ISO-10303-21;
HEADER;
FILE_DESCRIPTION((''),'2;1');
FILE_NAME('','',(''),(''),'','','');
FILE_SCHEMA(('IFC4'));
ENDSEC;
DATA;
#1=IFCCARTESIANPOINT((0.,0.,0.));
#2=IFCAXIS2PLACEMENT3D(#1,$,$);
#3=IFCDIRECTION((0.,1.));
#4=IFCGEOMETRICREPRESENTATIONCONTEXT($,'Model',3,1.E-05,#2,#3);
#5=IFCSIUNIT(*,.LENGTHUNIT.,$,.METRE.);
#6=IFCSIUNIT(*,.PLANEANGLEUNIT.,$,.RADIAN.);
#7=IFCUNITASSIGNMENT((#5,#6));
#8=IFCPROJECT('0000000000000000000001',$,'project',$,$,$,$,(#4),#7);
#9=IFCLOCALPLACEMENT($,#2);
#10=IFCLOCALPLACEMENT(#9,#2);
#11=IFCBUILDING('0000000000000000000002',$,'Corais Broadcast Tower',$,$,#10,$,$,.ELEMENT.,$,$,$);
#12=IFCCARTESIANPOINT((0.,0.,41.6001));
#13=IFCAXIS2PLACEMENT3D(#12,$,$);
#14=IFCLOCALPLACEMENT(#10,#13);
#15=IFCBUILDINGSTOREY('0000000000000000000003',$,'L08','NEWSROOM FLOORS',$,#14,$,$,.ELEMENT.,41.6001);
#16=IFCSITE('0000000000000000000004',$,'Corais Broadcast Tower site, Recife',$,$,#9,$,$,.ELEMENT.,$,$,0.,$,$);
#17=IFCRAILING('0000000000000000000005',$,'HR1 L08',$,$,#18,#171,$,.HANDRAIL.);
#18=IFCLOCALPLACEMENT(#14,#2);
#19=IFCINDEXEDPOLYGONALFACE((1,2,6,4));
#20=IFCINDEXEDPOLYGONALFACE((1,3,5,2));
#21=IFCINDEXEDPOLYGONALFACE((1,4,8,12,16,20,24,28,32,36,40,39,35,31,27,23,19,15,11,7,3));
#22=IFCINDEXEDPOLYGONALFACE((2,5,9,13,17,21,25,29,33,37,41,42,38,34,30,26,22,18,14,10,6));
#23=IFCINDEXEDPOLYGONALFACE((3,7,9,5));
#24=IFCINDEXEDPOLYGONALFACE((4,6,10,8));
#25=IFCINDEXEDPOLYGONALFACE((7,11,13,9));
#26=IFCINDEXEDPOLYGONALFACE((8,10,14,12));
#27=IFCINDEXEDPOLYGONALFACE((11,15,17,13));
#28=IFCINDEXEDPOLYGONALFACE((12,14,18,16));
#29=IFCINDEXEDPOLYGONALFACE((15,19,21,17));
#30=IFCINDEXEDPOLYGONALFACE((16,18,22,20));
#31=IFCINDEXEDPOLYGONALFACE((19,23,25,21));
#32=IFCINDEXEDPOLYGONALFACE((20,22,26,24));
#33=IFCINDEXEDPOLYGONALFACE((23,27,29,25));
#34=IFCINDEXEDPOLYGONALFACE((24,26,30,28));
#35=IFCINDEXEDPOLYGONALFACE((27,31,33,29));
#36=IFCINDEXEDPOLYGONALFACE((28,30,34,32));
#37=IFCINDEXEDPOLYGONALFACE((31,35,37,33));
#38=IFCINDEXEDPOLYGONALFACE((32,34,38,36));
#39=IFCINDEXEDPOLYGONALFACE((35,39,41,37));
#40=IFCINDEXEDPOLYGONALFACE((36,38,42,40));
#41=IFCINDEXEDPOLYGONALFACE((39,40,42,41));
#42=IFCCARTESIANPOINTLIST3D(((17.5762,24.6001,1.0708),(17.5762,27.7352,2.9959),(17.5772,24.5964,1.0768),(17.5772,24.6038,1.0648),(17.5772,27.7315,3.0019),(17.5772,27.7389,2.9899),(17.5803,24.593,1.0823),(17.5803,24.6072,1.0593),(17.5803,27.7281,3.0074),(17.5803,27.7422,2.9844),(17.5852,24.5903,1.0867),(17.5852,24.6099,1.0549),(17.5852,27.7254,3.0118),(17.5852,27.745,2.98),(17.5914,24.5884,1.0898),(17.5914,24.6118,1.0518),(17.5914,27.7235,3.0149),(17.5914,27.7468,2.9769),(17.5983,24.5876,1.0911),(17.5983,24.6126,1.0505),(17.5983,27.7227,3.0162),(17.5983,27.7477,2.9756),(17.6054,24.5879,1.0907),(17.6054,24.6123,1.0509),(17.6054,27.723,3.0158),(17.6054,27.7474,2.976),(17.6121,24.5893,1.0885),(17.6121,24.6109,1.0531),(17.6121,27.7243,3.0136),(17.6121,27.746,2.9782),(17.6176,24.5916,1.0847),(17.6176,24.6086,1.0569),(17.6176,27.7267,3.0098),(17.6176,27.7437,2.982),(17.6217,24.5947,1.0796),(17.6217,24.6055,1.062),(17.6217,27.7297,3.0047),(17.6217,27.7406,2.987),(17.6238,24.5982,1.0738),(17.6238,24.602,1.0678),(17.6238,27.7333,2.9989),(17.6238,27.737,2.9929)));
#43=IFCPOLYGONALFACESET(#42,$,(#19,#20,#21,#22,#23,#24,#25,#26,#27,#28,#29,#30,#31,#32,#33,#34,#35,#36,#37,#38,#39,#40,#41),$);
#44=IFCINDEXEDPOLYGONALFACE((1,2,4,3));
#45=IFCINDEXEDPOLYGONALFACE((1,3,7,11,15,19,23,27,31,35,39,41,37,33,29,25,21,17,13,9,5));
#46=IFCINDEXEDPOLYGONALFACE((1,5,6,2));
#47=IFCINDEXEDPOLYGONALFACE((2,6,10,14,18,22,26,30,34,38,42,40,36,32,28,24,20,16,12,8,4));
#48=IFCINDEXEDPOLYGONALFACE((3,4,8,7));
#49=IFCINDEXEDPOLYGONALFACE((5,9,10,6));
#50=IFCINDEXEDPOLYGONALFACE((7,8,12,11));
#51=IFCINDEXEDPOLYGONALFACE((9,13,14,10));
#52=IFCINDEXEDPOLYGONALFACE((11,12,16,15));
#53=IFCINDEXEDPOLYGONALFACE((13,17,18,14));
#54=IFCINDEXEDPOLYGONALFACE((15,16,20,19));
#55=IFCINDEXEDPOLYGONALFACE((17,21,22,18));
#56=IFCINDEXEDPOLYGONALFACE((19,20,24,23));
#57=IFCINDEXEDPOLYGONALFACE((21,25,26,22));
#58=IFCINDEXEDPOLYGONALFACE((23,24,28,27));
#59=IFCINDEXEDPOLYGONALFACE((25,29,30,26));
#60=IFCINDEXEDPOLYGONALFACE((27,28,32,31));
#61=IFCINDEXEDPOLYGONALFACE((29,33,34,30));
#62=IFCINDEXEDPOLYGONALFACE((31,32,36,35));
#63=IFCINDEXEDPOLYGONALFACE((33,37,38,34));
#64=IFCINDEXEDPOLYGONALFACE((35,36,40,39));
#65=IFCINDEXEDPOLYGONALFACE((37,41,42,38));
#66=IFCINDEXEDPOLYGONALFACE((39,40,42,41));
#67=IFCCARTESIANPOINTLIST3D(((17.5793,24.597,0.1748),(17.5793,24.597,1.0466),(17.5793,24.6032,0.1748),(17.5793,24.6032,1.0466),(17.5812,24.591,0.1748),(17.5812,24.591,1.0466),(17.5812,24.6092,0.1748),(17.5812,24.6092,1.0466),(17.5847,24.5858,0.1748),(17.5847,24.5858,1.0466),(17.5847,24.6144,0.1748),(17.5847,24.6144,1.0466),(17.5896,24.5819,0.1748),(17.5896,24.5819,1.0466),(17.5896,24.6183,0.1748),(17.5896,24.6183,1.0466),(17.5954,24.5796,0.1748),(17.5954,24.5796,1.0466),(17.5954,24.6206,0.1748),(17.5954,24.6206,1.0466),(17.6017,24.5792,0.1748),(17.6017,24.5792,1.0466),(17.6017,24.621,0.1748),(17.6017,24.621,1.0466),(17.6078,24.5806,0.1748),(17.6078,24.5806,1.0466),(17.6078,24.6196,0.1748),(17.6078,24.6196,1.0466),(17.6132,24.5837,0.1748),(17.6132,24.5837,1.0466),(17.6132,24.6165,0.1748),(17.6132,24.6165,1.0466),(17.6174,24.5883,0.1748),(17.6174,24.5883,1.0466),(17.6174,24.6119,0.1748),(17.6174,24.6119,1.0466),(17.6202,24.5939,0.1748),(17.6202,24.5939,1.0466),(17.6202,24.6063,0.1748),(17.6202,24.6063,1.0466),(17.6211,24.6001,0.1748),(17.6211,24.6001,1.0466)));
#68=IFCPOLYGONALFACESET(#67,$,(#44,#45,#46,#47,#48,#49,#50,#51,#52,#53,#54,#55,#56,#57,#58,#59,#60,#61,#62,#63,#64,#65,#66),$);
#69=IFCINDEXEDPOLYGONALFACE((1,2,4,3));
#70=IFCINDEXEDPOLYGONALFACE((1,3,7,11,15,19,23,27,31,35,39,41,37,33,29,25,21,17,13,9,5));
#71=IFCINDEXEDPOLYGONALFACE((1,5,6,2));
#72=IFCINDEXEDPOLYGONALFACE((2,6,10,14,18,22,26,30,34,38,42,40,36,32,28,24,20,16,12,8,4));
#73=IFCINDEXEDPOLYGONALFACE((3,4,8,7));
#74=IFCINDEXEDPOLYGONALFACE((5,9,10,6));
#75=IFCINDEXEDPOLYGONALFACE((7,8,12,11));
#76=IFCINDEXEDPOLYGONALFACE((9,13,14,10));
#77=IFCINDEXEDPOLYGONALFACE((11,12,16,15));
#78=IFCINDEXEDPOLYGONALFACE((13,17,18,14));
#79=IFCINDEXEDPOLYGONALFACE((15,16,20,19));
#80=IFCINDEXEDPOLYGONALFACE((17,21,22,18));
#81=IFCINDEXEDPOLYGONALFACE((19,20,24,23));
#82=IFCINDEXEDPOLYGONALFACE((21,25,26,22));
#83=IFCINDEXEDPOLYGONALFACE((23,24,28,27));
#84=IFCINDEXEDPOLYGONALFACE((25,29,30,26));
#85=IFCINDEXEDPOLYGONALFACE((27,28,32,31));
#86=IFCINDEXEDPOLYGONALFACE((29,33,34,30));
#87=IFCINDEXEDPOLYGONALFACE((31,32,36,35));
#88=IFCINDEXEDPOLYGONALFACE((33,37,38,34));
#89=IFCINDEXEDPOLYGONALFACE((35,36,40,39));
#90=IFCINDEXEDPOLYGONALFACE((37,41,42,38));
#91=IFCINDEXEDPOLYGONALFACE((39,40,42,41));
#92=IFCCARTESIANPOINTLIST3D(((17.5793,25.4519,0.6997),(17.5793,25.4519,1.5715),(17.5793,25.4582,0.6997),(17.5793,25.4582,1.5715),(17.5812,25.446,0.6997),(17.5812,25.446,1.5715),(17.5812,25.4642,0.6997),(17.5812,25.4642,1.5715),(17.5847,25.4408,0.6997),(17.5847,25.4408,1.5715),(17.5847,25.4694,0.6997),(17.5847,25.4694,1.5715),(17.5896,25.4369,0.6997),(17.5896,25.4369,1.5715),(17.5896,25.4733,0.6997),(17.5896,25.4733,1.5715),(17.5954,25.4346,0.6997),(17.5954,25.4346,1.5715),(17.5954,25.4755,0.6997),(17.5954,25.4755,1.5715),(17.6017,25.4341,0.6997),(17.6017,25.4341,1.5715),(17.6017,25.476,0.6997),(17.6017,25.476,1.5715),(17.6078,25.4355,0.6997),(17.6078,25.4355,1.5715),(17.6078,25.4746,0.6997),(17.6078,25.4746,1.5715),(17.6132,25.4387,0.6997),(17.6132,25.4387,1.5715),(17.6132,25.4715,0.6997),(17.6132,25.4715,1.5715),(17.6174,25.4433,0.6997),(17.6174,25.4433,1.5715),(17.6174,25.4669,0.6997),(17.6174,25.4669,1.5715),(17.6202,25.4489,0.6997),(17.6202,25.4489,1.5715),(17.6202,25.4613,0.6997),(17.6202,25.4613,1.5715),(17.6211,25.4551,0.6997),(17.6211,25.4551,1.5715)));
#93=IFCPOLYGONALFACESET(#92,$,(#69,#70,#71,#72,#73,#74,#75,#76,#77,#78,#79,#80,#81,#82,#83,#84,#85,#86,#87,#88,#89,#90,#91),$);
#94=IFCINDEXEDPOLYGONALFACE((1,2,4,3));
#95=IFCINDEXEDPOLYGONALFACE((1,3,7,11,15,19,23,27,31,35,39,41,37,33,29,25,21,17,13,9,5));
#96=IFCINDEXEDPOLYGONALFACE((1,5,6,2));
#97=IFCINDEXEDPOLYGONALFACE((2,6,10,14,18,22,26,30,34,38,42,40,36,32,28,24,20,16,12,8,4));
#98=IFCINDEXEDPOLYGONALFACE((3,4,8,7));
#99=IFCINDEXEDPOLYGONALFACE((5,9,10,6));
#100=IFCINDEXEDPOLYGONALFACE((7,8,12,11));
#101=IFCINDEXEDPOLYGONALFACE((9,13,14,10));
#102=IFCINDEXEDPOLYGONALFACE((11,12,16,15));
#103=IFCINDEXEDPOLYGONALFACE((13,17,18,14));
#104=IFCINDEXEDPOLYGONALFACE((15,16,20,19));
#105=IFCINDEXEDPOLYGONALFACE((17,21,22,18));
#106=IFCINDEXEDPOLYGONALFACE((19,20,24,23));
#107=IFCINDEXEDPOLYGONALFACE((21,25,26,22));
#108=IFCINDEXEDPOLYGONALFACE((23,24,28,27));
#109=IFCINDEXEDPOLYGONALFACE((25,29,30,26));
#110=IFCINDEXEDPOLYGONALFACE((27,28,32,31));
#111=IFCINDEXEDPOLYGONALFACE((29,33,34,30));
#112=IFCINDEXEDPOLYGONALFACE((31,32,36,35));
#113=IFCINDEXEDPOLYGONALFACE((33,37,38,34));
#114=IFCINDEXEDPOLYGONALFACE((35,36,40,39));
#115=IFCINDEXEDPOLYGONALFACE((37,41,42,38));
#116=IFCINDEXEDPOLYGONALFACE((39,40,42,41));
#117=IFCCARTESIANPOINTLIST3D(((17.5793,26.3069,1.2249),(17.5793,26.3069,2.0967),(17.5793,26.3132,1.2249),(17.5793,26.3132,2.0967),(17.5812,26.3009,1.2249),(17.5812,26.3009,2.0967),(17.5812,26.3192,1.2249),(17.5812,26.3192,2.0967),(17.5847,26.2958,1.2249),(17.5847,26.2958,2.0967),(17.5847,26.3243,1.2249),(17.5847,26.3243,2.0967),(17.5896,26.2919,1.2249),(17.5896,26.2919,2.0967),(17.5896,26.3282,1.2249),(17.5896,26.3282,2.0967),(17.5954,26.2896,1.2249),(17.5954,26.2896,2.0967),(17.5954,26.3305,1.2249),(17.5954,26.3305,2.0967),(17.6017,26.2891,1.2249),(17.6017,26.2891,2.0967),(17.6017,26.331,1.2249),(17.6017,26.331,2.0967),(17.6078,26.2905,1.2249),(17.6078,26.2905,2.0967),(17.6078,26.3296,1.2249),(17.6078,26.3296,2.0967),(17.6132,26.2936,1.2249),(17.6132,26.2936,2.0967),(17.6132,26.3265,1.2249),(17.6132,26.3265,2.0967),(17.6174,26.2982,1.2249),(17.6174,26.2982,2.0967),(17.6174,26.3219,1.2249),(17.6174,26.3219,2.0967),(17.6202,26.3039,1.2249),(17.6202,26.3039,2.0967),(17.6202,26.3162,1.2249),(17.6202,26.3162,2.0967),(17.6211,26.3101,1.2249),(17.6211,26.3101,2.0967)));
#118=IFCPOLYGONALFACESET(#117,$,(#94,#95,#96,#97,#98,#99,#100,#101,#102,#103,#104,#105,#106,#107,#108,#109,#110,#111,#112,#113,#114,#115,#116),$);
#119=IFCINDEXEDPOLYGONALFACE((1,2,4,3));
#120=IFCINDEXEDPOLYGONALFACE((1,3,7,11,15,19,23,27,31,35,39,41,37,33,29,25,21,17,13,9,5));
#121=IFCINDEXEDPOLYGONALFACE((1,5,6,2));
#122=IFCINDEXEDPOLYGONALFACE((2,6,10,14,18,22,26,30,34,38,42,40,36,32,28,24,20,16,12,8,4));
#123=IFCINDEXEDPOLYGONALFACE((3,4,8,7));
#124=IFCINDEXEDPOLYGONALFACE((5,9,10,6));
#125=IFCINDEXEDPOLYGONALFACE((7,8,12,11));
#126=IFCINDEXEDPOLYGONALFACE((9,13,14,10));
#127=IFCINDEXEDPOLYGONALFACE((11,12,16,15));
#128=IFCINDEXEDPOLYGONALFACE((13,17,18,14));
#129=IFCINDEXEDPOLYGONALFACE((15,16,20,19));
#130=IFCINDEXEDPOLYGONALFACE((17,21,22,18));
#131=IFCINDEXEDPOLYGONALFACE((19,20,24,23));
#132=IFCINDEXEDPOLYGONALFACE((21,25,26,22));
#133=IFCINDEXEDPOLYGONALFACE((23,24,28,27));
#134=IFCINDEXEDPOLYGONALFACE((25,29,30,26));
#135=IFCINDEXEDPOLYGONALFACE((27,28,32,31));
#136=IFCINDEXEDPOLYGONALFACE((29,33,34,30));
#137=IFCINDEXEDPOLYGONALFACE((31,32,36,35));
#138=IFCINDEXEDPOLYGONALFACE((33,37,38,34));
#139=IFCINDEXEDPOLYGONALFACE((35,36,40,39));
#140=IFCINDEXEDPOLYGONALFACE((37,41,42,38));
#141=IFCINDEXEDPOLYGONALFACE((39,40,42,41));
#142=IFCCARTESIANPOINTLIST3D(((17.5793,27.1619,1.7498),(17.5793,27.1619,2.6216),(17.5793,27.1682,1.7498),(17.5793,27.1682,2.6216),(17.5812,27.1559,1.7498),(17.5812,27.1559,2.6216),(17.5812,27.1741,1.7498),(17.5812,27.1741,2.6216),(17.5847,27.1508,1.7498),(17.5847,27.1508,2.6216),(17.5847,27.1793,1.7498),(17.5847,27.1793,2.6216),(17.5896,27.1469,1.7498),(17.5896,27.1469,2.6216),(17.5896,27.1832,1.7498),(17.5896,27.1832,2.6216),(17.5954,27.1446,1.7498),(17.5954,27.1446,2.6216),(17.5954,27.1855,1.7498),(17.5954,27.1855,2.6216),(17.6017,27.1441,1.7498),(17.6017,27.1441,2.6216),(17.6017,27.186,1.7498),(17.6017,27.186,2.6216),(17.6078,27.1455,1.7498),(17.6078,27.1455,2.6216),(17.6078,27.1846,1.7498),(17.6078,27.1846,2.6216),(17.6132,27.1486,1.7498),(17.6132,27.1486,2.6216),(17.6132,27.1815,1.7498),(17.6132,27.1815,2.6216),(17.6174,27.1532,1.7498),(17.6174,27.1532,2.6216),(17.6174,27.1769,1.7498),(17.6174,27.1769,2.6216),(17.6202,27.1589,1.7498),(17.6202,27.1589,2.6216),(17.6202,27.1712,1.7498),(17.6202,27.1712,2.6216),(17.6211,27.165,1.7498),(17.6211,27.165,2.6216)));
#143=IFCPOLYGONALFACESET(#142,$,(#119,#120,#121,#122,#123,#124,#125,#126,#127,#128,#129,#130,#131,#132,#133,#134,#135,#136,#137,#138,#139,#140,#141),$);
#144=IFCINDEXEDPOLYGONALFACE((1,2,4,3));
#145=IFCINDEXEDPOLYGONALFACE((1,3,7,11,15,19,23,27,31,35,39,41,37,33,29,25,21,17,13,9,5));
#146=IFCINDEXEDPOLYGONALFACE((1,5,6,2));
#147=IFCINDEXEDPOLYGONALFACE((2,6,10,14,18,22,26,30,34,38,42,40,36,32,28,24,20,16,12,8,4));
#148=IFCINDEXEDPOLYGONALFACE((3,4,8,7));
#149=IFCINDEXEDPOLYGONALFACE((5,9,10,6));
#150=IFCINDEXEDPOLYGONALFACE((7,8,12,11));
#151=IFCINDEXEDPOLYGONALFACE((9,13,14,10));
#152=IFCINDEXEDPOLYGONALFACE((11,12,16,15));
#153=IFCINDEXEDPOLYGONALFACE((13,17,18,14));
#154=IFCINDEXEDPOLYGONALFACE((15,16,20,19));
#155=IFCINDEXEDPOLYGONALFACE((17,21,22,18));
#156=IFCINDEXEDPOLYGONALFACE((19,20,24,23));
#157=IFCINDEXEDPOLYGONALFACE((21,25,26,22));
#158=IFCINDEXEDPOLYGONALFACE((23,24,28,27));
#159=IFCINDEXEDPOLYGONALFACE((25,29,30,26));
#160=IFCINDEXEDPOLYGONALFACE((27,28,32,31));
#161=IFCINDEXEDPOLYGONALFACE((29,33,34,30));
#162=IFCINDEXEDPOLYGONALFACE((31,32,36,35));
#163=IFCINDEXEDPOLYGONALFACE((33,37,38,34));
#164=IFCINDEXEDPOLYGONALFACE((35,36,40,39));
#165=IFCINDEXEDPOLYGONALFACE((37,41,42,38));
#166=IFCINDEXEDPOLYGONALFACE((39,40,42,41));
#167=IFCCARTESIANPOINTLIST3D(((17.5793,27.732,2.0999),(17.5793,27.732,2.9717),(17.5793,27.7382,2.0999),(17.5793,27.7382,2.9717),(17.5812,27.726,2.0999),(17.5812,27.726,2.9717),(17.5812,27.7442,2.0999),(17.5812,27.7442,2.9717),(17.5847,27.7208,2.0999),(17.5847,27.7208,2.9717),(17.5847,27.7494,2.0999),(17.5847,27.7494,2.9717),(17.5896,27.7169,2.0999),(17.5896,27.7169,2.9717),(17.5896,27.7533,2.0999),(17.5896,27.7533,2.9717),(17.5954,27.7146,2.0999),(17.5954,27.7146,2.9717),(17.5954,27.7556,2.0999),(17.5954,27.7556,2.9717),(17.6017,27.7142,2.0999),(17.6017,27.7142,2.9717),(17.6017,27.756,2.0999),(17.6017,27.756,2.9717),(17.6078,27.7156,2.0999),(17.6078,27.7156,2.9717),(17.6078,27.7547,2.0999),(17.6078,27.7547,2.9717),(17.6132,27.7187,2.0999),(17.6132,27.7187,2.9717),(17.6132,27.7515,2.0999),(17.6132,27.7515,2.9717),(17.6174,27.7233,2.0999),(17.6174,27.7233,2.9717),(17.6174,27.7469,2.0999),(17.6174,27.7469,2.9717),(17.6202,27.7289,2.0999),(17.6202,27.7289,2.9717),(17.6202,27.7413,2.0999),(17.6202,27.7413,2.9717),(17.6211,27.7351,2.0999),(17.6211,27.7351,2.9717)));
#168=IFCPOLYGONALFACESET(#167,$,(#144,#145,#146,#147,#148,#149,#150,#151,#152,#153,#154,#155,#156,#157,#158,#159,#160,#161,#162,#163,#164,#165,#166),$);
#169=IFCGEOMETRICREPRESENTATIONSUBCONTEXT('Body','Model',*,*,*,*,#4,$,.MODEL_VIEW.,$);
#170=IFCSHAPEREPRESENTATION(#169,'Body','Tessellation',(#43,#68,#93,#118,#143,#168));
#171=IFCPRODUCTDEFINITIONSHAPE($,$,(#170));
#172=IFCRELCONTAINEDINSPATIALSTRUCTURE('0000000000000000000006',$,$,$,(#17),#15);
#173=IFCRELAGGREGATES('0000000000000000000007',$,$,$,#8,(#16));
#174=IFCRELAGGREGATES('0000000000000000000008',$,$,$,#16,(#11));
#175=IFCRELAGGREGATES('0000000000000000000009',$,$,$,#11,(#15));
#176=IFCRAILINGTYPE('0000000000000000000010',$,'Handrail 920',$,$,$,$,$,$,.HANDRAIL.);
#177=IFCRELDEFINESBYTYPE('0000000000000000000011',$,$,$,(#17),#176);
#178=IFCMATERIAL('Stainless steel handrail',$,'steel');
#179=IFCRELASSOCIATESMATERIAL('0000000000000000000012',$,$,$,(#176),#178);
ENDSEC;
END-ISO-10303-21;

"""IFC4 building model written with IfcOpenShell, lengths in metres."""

from ifc_helpers import new_model, si_unit, direction, frame, origin, origin_2d, place, context, subcontext, project, spatial, circle, extrude, material, type_object, element, save


model = new_model("IFC4")

# Units and contexts
model_context = context("Model", 3, precision=1e-05, world=origin(), true_north=direction((0.0, 1.0)))
body_context = subcontext(model_context, "Body", "Model", "MODEL_VIEW")
ifc_project = project(units=[si_unit("LENGTHUNIT", "METRE"), si_unit("PLANEANGLEUNIT", "RADIAN")], contexts=[model_context])

# Site, building, storey
site_placement = place(None, origin())
site = spatial("IfcSite", under=ifc_project, at=site_placement, Name="Corais Broadcast Tower site, Recife", CompositionType="ELEMENT", RefElevation=0.0)
building_placement = place(site_placement, origin())
building = spatial("IfcBuilding", under=site, at=building_placement, Name="Corais Broadcast Tower", CompositionType="ELEMENT")
storey_placement = place(building_placement, frame((0.0, 0.0, 41.6001)))
storey = spatial("IfcBuildingStorey", under=building, at=storey_placement, Name="L08", Description="NEWSROOM FLOORS", CompositionType="ELEMENT", Elevation=41.6001)

# Railing
ifc_material_1 = material(Name="Stainless steel handrail", Category="steel")
railing_type = type_object("IfcRailingType", Name="Handrail 920", PredefinedType="HANDRAIL", material=ifc_material_1)
for number, where, name in (
    (1, (17.6001, 24.6001, 0.1748), "HR1 L08"),
):
    element("IfcRailing", number, at=place(storey_placement, frame(where)), inside=storey, type_object=railing_type, Name=name, PredefinedType="HANDRAIL", context=body_context, shape_type="SweptSolid", body=[
        extrude(circle(Radius=0.0239, at=origin_2d()), frame((0.0, 0.0, 0.896), z_axis=(0.0, 0.852166, 0.523271), x_axis=(-1.0, 0.0, 0.0)), (0.0, 0.0, 1.0), 3.679),
        extrude(circle(Radius=0.021, at=origin_2d()), origin(), (0.0, 0.0, 1.0), 0.8718),
        extrude(circle(Radius=0.021, at=origin_2d()), frame((0.0, 0.855, 0.5249)), (0.0, 0.0, 1.0), 0.8718),
        extrude(circle(Radius=0.021, at=origin_2d()), frame((0.0, 1.71, 1.05)), (0.0, 0.0, 1.0), 0.8718),
        extrude(circle(Radius=0.021, at=origin_2d()), frame((0.0, 2.5649, 1.575)), (0.0, 0.0, 1.0), 0.8718),
        extrude(circle(Radius=0.021, at=origin_2d()), frame((0.0, 3.135, 1.925)), (0.0, 0.0, 1.0), 0.8718),
    ])

save(model, "model.ifc")
